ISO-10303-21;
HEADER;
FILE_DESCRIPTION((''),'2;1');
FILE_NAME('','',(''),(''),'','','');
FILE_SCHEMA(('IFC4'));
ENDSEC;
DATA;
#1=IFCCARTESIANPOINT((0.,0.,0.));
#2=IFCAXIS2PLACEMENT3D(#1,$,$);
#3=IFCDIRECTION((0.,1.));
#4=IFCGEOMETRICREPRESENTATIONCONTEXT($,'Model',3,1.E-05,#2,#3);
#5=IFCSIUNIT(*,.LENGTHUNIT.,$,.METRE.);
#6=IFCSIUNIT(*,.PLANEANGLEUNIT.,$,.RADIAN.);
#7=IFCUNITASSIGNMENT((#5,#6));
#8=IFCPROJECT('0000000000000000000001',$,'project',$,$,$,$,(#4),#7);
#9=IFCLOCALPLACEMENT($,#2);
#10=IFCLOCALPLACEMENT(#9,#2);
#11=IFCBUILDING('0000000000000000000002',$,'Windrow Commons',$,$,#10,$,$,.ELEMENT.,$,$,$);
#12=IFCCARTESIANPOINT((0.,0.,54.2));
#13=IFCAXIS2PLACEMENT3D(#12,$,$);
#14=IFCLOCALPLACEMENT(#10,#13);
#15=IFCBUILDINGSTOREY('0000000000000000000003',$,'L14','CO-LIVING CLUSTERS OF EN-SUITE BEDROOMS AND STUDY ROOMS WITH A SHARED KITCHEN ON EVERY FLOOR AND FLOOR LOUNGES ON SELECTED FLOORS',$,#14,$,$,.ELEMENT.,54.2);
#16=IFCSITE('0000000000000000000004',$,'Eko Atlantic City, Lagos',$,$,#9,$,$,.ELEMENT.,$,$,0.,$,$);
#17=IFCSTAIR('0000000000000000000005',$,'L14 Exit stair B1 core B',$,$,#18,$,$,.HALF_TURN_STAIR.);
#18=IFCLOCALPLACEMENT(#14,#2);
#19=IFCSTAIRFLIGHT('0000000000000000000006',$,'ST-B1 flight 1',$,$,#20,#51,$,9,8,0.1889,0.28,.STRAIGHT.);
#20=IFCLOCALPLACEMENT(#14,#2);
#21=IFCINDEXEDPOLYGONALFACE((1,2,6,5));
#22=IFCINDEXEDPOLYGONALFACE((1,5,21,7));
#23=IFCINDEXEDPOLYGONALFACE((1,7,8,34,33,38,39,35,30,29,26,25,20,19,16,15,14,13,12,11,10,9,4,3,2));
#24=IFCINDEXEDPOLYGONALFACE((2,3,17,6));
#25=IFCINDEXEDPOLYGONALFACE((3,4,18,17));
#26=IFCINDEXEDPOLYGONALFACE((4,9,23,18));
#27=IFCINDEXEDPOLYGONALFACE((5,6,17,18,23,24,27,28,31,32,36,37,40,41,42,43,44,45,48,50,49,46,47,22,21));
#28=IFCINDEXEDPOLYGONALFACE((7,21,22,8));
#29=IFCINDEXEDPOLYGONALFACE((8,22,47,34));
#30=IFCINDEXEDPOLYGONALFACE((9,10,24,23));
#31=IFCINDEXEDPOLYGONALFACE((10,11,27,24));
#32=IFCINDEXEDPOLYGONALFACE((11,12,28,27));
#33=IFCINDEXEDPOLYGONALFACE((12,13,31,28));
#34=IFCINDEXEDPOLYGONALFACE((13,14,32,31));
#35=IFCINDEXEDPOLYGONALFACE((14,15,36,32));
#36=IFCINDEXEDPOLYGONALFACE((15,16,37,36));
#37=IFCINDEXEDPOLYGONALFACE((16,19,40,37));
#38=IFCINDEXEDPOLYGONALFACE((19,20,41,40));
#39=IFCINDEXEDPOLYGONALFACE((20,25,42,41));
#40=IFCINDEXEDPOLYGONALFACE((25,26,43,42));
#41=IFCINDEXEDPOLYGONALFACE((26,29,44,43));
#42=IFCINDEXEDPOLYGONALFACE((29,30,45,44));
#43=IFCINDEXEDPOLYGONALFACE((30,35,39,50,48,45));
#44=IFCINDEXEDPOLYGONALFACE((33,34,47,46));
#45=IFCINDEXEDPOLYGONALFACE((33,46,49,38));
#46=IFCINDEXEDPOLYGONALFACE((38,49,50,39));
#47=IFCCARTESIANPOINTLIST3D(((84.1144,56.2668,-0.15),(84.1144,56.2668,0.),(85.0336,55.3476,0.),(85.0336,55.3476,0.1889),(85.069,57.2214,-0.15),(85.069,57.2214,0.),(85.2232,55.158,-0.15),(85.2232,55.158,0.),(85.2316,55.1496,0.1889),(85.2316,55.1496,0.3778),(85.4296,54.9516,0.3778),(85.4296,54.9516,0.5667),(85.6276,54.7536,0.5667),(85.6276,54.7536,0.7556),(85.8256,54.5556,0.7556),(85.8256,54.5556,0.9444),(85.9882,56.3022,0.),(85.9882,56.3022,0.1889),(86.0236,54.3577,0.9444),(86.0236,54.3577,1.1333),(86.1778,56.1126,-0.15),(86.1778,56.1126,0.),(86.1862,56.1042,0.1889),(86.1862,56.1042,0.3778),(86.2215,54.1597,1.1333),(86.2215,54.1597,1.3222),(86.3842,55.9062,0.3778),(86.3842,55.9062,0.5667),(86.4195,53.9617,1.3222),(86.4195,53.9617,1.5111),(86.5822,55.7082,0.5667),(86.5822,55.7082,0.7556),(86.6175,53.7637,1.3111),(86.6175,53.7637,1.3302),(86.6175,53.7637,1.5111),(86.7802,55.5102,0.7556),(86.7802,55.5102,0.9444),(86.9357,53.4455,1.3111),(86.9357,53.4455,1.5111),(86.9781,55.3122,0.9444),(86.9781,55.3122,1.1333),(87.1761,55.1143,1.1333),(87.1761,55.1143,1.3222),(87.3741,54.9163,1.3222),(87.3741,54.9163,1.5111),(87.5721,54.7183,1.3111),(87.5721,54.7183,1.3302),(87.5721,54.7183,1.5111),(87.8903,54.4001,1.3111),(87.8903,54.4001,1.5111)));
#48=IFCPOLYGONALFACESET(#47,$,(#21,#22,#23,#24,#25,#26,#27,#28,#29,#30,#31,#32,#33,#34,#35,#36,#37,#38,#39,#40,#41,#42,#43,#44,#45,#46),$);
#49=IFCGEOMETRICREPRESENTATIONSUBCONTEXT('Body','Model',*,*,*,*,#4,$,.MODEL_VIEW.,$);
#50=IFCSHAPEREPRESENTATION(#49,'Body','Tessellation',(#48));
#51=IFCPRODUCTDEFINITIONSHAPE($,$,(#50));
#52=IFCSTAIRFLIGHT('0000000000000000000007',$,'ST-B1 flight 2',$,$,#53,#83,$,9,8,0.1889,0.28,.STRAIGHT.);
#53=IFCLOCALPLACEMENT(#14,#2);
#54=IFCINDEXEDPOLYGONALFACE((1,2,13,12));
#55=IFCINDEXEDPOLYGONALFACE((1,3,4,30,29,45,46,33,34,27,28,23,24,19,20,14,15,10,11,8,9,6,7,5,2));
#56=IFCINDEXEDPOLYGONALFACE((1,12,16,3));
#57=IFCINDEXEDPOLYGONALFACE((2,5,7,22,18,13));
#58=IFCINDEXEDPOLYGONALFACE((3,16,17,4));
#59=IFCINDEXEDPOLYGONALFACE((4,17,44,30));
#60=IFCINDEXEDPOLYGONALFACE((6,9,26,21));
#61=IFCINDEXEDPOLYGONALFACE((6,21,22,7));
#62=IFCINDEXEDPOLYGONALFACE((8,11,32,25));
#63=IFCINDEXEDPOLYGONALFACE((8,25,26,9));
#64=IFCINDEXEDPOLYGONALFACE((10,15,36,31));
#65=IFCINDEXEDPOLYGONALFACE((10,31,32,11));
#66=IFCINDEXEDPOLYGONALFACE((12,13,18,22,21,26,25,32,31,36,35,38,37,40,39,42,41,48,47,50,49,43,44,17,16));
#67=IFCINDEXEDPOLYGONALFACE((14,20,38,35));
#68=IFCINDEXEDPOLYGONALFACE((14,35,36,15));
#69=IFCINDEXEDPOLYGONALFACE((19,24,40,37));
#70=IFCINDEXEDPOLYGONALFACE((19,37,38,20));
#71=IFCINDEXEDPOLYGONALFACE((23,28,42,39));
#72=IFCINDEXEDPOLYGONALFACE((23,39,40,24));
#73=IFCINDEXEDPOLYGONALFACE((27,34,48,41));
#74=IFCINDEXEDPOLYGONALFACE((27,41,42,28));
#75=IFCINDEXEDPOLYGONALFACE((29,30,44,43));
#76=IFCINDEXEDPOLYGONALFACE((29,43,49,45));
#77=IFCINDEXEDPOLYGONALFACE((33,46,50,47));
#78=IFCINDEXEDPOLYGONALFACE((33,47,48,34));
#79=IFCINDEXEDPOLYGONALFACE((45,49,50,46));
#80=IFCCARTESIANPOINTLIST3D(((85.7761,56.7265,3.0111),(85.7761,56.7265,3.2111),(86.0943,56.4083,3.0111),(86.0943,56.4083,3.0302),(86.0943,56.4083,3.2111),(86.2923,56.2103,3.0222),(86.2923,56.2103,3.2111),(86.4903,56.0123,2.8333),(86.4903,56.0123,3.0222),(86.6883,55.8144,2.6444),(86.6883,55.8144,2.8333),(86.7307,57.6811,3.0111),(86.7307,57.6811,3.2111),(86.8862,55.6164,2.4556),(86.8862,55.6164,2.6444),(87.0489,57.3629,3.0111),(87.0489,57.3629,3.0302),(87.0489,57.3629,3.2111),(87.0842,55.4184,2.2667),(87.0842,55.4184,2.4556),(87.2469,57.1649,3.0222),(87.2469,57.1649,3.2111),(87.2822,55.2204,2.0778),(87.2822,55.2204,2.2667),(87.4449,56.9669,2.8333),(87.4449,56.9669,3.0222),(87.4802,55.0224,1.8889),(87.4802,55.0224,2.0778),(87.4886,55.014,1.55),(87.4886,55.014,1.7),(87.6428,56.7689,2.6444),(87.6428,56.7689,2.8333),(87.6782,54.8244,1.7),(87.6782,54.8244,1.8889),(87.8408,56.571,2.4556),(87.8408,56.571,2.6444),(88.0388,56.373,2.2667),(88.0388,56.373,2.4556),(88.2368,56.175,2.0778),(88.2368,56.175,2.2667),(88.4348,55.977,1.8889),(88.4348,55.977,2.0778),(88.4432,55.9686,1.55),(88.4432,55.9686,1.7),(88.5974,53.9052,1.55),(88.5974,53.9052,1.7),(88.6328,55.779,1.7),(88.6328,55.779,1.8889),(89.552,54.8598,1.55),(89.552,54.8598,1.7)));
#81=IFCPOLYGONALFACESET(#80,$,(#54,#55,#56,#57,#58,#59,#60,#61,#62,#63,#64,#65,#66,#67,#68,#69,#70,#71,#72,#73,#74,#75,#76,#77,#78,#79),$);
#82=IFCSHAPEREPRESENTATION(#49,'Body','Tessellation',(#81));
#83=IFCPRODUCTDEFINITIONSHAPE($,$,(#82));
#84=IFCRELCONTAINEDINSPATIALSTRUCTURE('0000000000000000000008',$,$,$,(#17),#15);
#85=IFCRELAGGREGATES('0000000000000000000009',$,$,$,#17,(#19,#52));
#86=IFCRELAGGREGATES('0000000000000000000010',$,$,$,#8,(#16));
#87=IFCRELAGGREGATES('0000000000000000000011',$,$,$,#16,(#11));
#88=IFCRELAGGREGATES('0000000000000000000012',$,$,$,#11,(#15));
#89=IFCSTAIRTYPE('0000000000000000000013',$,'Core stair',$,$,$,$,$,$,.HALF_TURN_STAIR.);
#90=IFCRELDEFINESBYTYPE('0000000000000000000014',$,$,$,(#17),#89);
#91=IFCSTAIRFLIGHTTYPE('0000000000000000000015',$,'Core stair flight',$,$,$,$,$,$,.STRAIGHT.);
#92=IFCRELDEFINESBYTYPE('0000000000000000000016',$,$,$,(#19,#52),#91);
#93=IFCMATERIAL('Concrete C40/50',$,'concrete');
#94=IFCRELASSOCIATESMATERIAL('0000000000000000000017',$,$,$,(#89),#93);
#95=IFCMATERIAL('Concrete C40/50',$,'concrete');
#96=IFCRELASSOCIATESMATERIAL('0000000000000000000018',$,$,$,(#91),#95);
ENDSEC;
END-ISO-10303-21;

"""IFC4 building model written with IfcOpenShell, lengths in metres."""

from ifc_helpers import new_model, si_unit, direction, frame, origin, place, context, subcontext, project, spatial, polyline, outline, extrude, material, type_object, element, aggregate, save


model = new_model("IFC4")

# Units and contexts
model_context = context("Model", 3, precision=1e-05, world=origin(), true_north=direction((0.0, 1.0)))
body_context = subcontext(model_context, "Body", "Model", "MODEL_VIEW")
ifc_project = project(units=[si_unit("LENGTHUNIT", "METRE"), si_unit("PLANEANGLEUNIT", "RADIAN")], contexts=[model_context])

# Site, building, storey
site_placement = place(None, origin())
site = spatial("IfcSite", under=ifc_project, at=site_placement, Name="Eko Atlantic City, Lagos", CompositionType="ELEMENT", RefElevation=0.0)
building_placement = place(site_placement, origin())
building = spatial("IfcBuilding", under=site, at=building_placement, Name="Windrow Commons", CompositionType="ELEMENT")
storey_placement = place(building_placement, frame((0.0, 0.0, 54.2)))
storey = spatial("IfcBuildingStorey", under=building, at=storey_placement, Name="L14", Description="CO-LIVING CLUSTERS OF EN-SUITE BEDROOMS AND STUDY ROOMS WITH A SHARED KITCHEN ON EVERY FLOOR AND FLOOR LOUNGES ON SELECTED FLOORS", CompositionType="ELEMENT", Elevation=54.2)

# Stair, stair flights
ifc_material_1 = material(Name="Concrete C40/50", Category="concrete")
stair_type = type_object("IfcStairType", Name="Core stair", PredefinedType="HALF_TURN_STAIR", material=ifc_material_1)
stair_placement = place(storey_placement, origin())
stair = element("IfcStair", 1, at=stair_placement, inside=storey, type_object=stair_type, Name="L14 Exit stair B1 core B", PredefinedType="HALF_TURN_STAIR")
ifc_material_2 = material(Name="Concrete C40/50", Category="concrete")
stair_flight_type = type_object("IfcStairFlightType", Name="Core stair flight", PredefinedType="STRAIGHT", material=ifc_material_2)
stair_flight_1_placement = place(storey_placement, frame((85.5109, 55.8249, 0.0), z_axis=(0.0, 0.0, 1.0), x_axis=(0.707107, -0.707107, 0.0)))
stair_flight_1 = element("IfcStairFlight", 2, at=stair_flight_1_placement, type_object=stair_flight_type, Name="ST-B1 flight 1", NumberOfRisers=9, NumberOfTreads=8, PredefinedType="STRAIGHT", RiserHeight=0.1889, TreadLength=0.28, context=body_context, shape_type="SweptSolid", body=[
    extrude(outline(polyline([(-1.3, -0.15), (-1.3, 0.0), (0.0, 0.0), (0.0, 0.1889), (0.28, 0.1889), (0.28, 0.3778), (0.56, 0.3778), (0.56, 0.5667), (0.84, 0.5667), (0.84, 0.7556), (1.12, 0.7556), (1.12, 0.9444), (1.4, 0.9444), (1.4, 1.1333), (1.68, 1.1333), (1.68, 1.3222), (1.96, 1.3222), (1.96, 1.5111), (2.24, 1.5111), (2.69, 1.5111), (2.69, 1.3111), (2.24, 1.3111), (2.24, 1.3302), (0.2682, 0.0), (0.2682, -0.15), (-1.3, -0.15)])), frame((0.0, 0.675, 0.0), z_axis=(0.0, -1.0, 0.0), x_axis=(1.0, 0.0, 0.0)), (0.0, 0.0, 1.0), 1.35),
])
stair_flight_2_placement = place(storey_placement, frame((88.1555, 55.3017, 1.7), z_axis=(0.0, 0.0, 1.0), x_axis=(-0.707107, 0.707107, 0.0)))
stair_flight_2 = element("IfcStairFlight", 3, at=stair_flight_2_placement, type_object=stair_flight_type, Name="ST-B1 flight 2", NumberOfRisers=9, NumberOfTreads=8, PredefinedType="STRAIGHT", RiserHeight=0.1889, TreadLength=0.28, context=body_context, shape_type="SweptSolid", body=[
    extrude(outline(polyline([(-1.3, -0.15), (-1.3, 0.0), (0.0, 0.0), (0.0, 0.1889), (0.28, 0.1889), (0.28, 0.3778), (0.56, 0.3778), (0.56, 0.5667), (0.84, 0.5667), (0.84, 0.7556), (1.12, 0.7556), (1.12, 0.9444), (1.4, 0.9444), (1.4, 1.1333), (1.68, 1.1333), (1.68, 1.3222), (1.96, 1.3222), (1.96, 1.5111), (2.24, 1.5111), (2.69, 1.5111), (2.69, 1.3111), (2.24, 1.3111), (2.24, 1.3302), (0.2682, 0.0), (0.2682, -0.15), (-1.3, -0.15)])), frame((0.0, 0.675, 0.0), z_axis=(0.0, -1.0, 0.0), x_axis=(1.0, 0.0, 0.0)), (0.0, 0.0, 1.0), 1.35),
])
aggregate(stair, [stair_flight_1, stair_flight_2])

save(model, "model.ifc")
